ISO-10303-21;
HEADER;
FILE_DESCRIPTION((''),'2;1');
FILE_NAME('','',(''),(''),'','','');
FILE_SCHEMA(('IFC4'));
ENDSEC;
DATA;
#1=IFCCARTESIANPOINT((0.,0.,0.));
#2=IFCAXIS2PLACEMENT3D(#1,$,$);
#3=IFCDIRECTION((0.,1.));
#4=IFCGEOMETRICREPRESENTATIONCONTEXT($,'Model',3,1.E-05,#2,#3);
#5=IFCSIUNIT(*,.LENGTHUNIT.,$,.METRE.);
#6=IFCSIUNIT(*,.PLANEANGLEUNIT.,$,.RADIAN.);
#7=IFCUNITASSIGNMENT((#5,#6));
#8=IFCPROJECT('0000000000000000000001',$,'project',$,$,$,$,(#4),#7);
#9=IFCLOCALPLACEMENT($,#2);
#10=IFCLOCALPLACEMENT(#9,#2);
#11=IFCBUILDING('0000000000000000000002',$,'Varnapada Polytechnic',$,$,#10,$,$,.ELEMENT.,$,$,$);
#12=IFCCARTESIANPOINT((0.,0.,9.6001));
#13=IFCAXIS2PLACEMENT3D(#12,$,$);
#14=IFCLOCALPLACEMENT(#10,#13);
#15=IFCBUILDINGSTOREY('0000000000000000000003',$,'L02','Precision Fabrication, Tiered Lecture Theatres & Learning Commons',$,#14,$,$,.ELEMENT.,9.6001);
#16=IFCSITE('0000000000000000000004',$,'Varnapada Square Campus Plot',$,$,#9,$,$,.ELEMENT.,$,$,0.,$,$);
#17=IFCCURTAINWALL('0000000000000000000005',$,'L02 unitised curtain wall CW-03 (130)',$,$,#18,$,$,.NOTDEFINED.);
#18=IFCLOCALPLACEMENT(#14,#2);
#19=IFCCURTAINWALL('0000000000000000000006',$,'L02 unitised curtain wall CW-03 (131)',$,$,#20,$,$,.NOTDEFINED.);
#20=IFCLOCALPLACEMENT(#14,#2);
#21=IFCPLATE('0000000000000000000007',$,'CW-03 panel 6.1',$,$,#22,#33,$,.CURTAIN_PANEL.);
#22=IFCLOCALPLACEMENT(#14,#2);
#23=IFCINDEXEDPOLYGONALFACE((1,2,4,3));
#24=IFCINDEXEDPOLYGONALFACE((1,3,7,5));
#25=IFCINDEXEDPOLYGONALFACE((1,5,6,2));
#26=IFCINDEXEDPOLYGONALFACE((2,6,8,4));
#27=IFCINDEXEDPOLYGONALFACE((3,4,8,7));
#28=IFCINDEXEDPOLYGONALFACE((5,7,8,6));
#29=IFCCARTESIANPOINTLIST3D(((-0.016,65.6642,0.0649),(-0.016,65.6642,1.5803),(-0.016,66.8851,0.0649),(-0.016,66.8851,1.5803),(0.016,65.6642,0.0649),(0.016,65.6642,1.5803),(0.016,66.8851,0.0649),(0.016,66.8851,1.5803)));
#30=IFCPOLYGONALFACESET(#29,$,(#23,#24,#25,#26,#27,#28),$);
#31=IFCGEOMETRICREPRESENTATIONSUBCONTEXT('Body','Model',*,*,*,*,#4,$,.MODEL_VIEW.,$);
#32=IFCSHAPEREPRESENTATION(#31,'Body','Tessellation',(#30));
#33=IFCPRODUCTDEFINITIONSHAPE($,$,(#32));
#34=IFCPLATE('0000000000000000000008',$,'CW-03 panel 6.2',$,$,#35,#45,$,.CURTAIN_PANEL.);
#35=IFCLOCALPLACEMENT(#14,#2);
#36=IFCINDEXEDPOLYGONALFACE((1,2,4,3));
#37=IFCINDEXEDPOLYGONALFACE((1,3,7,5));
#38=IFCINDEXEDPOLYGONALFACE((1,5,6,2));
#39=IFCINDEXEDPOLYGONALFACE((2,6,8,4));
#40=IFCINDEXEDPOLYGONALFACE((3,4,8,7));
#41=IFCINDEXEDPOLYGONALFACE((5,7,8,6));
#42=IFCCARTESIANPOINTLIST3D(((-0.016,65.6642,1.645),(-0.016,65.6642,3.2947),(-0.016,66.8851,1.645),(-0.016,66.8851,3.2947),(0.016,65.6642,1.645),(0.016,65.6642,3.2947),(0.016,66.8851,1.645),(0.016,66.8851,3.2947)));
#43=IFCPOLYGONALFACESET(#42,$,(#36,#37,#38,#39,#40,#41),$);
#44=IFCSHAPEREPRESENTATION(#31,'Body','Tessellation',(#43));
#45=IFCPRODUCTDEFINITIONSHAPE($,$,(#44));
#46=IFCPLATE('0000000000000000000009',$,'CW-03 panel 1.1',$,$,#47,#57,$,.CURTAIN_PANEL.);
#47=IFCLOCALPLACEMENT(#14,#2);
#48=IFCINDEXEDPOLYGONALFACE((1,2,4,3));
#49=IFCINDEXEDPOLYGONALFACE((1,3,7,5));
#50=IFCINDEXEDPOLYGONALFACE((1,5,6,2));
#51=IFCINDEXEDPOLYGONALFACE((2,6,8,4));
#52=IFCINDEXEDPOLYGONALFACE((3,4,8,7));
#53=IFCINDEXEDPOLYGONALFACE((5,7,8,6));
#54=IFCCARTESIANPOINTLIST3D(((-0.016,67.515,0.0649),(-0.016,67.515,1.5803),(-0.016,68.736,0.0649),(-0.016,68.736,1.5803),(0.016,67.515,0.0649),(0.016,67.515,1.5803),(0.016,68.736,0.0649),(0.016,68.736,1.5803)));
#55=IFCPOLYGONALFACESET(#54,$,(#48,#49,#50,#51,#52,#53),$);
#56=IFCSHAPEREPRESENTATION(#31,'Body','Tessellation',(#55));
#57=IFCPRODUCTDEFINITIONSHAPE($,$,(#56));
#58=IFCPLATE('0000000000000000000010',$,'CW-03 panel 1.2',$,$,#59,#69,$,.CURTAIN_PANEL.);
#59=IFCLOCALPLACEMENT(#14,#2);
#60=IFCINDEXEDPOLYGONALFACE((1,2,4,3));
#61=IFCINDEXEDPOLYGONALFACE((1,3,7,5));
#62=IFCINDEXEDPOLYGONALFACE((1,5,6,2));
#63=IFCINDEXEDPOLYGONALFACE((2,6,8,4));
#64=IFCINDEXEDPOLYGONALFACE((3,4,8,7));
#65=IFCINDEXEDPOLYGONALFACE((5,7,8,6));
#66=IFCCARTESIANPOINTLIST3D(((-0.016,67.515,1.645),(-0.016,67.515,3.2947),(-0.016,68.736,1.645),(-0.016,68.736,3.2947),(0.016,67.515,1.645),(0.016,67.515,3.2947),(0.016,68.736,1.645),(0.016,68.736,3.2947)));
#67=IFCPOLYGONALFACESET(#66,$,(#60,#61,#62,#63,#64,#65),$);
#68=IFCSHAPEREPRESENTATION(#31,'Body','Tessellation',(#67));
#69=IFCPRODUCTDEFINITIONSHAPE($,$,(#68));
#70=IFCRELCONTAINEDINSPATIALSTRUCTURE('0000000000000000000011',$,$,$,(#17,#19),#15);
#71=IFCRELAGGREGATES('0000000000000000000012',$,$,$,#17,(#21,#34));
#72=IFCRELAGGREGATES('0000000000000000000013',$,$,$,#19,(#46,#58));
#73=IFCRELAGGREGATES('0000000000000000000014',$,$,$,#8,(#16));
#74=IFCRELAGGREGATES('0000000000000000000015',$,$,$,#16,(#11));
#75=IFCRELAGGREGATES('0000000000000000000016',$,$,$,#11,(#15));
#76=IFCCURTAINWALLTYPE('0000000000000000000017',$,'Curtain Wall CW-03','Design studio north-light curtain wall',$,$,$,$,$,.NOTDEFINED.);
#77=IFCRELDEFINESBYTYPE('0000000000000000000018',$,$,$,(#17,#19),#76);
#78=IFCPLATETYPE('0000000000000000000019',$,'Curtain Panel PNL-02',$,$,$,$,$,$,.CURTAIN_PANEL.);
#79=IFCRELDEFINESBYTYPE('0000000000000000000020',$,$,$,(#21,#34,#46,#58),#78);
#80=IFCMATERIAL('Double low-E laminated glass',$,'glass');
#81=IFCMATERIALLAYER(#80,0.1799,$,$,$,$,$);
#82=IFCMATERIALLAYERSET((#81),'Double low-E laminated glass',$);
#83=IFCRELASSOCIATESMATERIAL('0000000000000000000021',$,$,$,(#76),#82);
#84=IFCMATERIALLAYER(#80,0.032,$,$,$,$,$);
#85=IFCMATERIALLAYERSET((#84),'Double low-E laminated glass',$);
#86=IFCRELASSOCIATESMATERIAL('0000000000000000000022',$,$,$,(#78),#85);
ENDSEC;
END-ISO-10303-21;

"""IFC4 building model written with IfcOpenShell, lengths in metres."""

from ifc_helpers import new_model, si_unit, direction, frame, origin, origin_2d, place, context, subcontext, project, spatial, rectangle, extrude, material, layer, layer_set, type_object, element, aggregate, save


model = new_model("IFC4")

# Units and contexts
model_context = context("Model", 3, precision=1e-05, world=origin(), true_north=direction((0.0, 1.0)))
body_context = subcontext(model_context, "Body", "Model", "MODEL_VIEW")
ifc_project = project(units=[si_unit("LENGTHUNIT", "METRE"), si_unit("PLANEANGLEUNIT", "RADIAN")], contexts=[model_context])

# Site, building, storey
site_placement = place(None, origin())
site = spatial("IfcSite", under=ifc_project, at=site_placement, Name="Varnapada Square Campus Plot", CompositionType="ELEMENT", RefElevation=0.0)
building_placement = place(site_placement, origin())
building = spatial("IfcBuilding", under=site, at=building_placement, Name="Varnapada Polytechnic", CompositionType="ELEMENT")
storey_placement = place(building_placement, frame((0.0, 0.0, 9.6001)))
storey = spatial("IfcBuildingStorey", under=building, at=storey_placement, Name="L02", Description="Precision Fabrication, Tiered Lecture Theatres & Learning Commons", CompositionType="ELEMENT", Elevation=9.6001)

# Curtain wall
ifc_material_1 = material(Name="Double low-E laminated glass", Category="glass")
ifc_layer_1 = layer(ifc_material_1, 0.1799)
ifc_layer_set_1 = layer_set([ifc_layer_1], Name="Double low-E laminated glass")
curtain_wall_type = type_object("IfcCurtainWallType", Name="Curtain Wall CW-03", Description="Design studio north-light curtain wall", PredefinedType="NOTDEFINED", material=ifc_layer_set_1)
curtain_wall_1_placement = place(storey_placement, origin())
curtain_wall_1 = element("IfcCurtainWall", 1, at=curtain_wall_1_placement, inside=storey, type_object=curtain_wall_type, Name="L02 unitised curtain wall CW-03 (130)", PredefinedType="NOTDEFINED")

# Curtain wall
curtain_wall_2_placement = place(storey_placement, origin())
curtain_wall_2 = element("IfcCurtainWall", 2, at=curtain_wall_2_placement, inside=storey, type_object=curtain_wall_type, Name="L02 unitised curtain wall CW-03 (131)", PredefinedType="NOTDEFINED")

# Plates
ifc_layer_2 = layer(ifc_material_1, 0.032)
ifc_layer_set_2 = layer_set([ifc_layer_2], Name="Double low-E laminated glass")
plate_type = type_object("IfcPlateType", Name="Curtain Panel PNL-02", PredefinedType="CURTAIN_PANEL", material=ifc_layer_set_2)
plate_1_placement = place(storey_placement, frame((0.0, 66.2747, 0.0649), z_axis=(0.0, 0.0, 1.0), x_axis=(0.0, 1.0, 0.0)))
plate_1 = element("IfcPlate", 3, at=plate_1_placement, type_object=plate_type, Name="CW-03 panel 6.1", PredefinedType="CURTAIN_PANEL", context=body_context, shape_type="SweptSolid", body=[
    extrude(rectangle(XDim=1.2209, YDim=0.032, at=origin_2d()), origin(), (0.0, 0.0, 1.0), 1.5154),
])
plate_2_placement = place(storey_placement, frame((0.0, 66.2747, 1.645), z_axis=(0.0, 0.0, 1.0), x_axis=(0.0, 1.0, 0.0)))
plate_2 = element("IfcPlate", 4, at=plate_2_placement, type_object=plate_type, Name="CW-03 panel 6.2", PredefinedType="CURTAIN_PANEL", context=body_context, shape_type="SweptSolid", body=[
    extrude(rectangle(XDim=1.2209, YDim=0.032, at=origin_2d()), origin(), (0.0, 0.0, 1.0), 1.6497),
])
aggregate(curtain_wall_1, [plate_1, plate_2])
plate_3_placement = place(storey_placement, frame((0.0, 68.1255, 0.0649), z_axis=(0.0, 0.0, 1.0), x_axis=(0.0, 1.0, 0.0)))
plate_3 = element("IfcPlate", 5, at=plate_3_placement, type_object=plate_type, Name="CW-03 panel 1.1", PredefinedType="CURTAIN_PANEL", context=body_context, shape_type="SweptSolid", body=[
    extrude(rectangle(XDim=1.2209, YDim=0.032, at=origin_2d()), origin(), (0.0, 0.0, 1.0), 1.5154),
])
plate_4_placement = place(storey_placement, frame((0.0, 68.1255, 1.645), z_axis=(0.0, 0.0, 1.0), x_axis=(0.0, 1.0, 0.0)))
plate_4 = element("IfcPlate", 6, at=plate_4_placement, type_object=plate_type, Name="CW-03 panel 1.2", PredefinedType="CURTAIN_PANEL", context=body_context, shape_type="SweptSolid", body=[
    extrude(rectangle(XDim=1.2209, YDim=0.032, at=origin_2d()), origin(), (0.0, 0.0, 1.0), 1.6497),
])
aggregate(curtain_wall_2, [plate_3, plate_4])

save(model, "model.ifc")
